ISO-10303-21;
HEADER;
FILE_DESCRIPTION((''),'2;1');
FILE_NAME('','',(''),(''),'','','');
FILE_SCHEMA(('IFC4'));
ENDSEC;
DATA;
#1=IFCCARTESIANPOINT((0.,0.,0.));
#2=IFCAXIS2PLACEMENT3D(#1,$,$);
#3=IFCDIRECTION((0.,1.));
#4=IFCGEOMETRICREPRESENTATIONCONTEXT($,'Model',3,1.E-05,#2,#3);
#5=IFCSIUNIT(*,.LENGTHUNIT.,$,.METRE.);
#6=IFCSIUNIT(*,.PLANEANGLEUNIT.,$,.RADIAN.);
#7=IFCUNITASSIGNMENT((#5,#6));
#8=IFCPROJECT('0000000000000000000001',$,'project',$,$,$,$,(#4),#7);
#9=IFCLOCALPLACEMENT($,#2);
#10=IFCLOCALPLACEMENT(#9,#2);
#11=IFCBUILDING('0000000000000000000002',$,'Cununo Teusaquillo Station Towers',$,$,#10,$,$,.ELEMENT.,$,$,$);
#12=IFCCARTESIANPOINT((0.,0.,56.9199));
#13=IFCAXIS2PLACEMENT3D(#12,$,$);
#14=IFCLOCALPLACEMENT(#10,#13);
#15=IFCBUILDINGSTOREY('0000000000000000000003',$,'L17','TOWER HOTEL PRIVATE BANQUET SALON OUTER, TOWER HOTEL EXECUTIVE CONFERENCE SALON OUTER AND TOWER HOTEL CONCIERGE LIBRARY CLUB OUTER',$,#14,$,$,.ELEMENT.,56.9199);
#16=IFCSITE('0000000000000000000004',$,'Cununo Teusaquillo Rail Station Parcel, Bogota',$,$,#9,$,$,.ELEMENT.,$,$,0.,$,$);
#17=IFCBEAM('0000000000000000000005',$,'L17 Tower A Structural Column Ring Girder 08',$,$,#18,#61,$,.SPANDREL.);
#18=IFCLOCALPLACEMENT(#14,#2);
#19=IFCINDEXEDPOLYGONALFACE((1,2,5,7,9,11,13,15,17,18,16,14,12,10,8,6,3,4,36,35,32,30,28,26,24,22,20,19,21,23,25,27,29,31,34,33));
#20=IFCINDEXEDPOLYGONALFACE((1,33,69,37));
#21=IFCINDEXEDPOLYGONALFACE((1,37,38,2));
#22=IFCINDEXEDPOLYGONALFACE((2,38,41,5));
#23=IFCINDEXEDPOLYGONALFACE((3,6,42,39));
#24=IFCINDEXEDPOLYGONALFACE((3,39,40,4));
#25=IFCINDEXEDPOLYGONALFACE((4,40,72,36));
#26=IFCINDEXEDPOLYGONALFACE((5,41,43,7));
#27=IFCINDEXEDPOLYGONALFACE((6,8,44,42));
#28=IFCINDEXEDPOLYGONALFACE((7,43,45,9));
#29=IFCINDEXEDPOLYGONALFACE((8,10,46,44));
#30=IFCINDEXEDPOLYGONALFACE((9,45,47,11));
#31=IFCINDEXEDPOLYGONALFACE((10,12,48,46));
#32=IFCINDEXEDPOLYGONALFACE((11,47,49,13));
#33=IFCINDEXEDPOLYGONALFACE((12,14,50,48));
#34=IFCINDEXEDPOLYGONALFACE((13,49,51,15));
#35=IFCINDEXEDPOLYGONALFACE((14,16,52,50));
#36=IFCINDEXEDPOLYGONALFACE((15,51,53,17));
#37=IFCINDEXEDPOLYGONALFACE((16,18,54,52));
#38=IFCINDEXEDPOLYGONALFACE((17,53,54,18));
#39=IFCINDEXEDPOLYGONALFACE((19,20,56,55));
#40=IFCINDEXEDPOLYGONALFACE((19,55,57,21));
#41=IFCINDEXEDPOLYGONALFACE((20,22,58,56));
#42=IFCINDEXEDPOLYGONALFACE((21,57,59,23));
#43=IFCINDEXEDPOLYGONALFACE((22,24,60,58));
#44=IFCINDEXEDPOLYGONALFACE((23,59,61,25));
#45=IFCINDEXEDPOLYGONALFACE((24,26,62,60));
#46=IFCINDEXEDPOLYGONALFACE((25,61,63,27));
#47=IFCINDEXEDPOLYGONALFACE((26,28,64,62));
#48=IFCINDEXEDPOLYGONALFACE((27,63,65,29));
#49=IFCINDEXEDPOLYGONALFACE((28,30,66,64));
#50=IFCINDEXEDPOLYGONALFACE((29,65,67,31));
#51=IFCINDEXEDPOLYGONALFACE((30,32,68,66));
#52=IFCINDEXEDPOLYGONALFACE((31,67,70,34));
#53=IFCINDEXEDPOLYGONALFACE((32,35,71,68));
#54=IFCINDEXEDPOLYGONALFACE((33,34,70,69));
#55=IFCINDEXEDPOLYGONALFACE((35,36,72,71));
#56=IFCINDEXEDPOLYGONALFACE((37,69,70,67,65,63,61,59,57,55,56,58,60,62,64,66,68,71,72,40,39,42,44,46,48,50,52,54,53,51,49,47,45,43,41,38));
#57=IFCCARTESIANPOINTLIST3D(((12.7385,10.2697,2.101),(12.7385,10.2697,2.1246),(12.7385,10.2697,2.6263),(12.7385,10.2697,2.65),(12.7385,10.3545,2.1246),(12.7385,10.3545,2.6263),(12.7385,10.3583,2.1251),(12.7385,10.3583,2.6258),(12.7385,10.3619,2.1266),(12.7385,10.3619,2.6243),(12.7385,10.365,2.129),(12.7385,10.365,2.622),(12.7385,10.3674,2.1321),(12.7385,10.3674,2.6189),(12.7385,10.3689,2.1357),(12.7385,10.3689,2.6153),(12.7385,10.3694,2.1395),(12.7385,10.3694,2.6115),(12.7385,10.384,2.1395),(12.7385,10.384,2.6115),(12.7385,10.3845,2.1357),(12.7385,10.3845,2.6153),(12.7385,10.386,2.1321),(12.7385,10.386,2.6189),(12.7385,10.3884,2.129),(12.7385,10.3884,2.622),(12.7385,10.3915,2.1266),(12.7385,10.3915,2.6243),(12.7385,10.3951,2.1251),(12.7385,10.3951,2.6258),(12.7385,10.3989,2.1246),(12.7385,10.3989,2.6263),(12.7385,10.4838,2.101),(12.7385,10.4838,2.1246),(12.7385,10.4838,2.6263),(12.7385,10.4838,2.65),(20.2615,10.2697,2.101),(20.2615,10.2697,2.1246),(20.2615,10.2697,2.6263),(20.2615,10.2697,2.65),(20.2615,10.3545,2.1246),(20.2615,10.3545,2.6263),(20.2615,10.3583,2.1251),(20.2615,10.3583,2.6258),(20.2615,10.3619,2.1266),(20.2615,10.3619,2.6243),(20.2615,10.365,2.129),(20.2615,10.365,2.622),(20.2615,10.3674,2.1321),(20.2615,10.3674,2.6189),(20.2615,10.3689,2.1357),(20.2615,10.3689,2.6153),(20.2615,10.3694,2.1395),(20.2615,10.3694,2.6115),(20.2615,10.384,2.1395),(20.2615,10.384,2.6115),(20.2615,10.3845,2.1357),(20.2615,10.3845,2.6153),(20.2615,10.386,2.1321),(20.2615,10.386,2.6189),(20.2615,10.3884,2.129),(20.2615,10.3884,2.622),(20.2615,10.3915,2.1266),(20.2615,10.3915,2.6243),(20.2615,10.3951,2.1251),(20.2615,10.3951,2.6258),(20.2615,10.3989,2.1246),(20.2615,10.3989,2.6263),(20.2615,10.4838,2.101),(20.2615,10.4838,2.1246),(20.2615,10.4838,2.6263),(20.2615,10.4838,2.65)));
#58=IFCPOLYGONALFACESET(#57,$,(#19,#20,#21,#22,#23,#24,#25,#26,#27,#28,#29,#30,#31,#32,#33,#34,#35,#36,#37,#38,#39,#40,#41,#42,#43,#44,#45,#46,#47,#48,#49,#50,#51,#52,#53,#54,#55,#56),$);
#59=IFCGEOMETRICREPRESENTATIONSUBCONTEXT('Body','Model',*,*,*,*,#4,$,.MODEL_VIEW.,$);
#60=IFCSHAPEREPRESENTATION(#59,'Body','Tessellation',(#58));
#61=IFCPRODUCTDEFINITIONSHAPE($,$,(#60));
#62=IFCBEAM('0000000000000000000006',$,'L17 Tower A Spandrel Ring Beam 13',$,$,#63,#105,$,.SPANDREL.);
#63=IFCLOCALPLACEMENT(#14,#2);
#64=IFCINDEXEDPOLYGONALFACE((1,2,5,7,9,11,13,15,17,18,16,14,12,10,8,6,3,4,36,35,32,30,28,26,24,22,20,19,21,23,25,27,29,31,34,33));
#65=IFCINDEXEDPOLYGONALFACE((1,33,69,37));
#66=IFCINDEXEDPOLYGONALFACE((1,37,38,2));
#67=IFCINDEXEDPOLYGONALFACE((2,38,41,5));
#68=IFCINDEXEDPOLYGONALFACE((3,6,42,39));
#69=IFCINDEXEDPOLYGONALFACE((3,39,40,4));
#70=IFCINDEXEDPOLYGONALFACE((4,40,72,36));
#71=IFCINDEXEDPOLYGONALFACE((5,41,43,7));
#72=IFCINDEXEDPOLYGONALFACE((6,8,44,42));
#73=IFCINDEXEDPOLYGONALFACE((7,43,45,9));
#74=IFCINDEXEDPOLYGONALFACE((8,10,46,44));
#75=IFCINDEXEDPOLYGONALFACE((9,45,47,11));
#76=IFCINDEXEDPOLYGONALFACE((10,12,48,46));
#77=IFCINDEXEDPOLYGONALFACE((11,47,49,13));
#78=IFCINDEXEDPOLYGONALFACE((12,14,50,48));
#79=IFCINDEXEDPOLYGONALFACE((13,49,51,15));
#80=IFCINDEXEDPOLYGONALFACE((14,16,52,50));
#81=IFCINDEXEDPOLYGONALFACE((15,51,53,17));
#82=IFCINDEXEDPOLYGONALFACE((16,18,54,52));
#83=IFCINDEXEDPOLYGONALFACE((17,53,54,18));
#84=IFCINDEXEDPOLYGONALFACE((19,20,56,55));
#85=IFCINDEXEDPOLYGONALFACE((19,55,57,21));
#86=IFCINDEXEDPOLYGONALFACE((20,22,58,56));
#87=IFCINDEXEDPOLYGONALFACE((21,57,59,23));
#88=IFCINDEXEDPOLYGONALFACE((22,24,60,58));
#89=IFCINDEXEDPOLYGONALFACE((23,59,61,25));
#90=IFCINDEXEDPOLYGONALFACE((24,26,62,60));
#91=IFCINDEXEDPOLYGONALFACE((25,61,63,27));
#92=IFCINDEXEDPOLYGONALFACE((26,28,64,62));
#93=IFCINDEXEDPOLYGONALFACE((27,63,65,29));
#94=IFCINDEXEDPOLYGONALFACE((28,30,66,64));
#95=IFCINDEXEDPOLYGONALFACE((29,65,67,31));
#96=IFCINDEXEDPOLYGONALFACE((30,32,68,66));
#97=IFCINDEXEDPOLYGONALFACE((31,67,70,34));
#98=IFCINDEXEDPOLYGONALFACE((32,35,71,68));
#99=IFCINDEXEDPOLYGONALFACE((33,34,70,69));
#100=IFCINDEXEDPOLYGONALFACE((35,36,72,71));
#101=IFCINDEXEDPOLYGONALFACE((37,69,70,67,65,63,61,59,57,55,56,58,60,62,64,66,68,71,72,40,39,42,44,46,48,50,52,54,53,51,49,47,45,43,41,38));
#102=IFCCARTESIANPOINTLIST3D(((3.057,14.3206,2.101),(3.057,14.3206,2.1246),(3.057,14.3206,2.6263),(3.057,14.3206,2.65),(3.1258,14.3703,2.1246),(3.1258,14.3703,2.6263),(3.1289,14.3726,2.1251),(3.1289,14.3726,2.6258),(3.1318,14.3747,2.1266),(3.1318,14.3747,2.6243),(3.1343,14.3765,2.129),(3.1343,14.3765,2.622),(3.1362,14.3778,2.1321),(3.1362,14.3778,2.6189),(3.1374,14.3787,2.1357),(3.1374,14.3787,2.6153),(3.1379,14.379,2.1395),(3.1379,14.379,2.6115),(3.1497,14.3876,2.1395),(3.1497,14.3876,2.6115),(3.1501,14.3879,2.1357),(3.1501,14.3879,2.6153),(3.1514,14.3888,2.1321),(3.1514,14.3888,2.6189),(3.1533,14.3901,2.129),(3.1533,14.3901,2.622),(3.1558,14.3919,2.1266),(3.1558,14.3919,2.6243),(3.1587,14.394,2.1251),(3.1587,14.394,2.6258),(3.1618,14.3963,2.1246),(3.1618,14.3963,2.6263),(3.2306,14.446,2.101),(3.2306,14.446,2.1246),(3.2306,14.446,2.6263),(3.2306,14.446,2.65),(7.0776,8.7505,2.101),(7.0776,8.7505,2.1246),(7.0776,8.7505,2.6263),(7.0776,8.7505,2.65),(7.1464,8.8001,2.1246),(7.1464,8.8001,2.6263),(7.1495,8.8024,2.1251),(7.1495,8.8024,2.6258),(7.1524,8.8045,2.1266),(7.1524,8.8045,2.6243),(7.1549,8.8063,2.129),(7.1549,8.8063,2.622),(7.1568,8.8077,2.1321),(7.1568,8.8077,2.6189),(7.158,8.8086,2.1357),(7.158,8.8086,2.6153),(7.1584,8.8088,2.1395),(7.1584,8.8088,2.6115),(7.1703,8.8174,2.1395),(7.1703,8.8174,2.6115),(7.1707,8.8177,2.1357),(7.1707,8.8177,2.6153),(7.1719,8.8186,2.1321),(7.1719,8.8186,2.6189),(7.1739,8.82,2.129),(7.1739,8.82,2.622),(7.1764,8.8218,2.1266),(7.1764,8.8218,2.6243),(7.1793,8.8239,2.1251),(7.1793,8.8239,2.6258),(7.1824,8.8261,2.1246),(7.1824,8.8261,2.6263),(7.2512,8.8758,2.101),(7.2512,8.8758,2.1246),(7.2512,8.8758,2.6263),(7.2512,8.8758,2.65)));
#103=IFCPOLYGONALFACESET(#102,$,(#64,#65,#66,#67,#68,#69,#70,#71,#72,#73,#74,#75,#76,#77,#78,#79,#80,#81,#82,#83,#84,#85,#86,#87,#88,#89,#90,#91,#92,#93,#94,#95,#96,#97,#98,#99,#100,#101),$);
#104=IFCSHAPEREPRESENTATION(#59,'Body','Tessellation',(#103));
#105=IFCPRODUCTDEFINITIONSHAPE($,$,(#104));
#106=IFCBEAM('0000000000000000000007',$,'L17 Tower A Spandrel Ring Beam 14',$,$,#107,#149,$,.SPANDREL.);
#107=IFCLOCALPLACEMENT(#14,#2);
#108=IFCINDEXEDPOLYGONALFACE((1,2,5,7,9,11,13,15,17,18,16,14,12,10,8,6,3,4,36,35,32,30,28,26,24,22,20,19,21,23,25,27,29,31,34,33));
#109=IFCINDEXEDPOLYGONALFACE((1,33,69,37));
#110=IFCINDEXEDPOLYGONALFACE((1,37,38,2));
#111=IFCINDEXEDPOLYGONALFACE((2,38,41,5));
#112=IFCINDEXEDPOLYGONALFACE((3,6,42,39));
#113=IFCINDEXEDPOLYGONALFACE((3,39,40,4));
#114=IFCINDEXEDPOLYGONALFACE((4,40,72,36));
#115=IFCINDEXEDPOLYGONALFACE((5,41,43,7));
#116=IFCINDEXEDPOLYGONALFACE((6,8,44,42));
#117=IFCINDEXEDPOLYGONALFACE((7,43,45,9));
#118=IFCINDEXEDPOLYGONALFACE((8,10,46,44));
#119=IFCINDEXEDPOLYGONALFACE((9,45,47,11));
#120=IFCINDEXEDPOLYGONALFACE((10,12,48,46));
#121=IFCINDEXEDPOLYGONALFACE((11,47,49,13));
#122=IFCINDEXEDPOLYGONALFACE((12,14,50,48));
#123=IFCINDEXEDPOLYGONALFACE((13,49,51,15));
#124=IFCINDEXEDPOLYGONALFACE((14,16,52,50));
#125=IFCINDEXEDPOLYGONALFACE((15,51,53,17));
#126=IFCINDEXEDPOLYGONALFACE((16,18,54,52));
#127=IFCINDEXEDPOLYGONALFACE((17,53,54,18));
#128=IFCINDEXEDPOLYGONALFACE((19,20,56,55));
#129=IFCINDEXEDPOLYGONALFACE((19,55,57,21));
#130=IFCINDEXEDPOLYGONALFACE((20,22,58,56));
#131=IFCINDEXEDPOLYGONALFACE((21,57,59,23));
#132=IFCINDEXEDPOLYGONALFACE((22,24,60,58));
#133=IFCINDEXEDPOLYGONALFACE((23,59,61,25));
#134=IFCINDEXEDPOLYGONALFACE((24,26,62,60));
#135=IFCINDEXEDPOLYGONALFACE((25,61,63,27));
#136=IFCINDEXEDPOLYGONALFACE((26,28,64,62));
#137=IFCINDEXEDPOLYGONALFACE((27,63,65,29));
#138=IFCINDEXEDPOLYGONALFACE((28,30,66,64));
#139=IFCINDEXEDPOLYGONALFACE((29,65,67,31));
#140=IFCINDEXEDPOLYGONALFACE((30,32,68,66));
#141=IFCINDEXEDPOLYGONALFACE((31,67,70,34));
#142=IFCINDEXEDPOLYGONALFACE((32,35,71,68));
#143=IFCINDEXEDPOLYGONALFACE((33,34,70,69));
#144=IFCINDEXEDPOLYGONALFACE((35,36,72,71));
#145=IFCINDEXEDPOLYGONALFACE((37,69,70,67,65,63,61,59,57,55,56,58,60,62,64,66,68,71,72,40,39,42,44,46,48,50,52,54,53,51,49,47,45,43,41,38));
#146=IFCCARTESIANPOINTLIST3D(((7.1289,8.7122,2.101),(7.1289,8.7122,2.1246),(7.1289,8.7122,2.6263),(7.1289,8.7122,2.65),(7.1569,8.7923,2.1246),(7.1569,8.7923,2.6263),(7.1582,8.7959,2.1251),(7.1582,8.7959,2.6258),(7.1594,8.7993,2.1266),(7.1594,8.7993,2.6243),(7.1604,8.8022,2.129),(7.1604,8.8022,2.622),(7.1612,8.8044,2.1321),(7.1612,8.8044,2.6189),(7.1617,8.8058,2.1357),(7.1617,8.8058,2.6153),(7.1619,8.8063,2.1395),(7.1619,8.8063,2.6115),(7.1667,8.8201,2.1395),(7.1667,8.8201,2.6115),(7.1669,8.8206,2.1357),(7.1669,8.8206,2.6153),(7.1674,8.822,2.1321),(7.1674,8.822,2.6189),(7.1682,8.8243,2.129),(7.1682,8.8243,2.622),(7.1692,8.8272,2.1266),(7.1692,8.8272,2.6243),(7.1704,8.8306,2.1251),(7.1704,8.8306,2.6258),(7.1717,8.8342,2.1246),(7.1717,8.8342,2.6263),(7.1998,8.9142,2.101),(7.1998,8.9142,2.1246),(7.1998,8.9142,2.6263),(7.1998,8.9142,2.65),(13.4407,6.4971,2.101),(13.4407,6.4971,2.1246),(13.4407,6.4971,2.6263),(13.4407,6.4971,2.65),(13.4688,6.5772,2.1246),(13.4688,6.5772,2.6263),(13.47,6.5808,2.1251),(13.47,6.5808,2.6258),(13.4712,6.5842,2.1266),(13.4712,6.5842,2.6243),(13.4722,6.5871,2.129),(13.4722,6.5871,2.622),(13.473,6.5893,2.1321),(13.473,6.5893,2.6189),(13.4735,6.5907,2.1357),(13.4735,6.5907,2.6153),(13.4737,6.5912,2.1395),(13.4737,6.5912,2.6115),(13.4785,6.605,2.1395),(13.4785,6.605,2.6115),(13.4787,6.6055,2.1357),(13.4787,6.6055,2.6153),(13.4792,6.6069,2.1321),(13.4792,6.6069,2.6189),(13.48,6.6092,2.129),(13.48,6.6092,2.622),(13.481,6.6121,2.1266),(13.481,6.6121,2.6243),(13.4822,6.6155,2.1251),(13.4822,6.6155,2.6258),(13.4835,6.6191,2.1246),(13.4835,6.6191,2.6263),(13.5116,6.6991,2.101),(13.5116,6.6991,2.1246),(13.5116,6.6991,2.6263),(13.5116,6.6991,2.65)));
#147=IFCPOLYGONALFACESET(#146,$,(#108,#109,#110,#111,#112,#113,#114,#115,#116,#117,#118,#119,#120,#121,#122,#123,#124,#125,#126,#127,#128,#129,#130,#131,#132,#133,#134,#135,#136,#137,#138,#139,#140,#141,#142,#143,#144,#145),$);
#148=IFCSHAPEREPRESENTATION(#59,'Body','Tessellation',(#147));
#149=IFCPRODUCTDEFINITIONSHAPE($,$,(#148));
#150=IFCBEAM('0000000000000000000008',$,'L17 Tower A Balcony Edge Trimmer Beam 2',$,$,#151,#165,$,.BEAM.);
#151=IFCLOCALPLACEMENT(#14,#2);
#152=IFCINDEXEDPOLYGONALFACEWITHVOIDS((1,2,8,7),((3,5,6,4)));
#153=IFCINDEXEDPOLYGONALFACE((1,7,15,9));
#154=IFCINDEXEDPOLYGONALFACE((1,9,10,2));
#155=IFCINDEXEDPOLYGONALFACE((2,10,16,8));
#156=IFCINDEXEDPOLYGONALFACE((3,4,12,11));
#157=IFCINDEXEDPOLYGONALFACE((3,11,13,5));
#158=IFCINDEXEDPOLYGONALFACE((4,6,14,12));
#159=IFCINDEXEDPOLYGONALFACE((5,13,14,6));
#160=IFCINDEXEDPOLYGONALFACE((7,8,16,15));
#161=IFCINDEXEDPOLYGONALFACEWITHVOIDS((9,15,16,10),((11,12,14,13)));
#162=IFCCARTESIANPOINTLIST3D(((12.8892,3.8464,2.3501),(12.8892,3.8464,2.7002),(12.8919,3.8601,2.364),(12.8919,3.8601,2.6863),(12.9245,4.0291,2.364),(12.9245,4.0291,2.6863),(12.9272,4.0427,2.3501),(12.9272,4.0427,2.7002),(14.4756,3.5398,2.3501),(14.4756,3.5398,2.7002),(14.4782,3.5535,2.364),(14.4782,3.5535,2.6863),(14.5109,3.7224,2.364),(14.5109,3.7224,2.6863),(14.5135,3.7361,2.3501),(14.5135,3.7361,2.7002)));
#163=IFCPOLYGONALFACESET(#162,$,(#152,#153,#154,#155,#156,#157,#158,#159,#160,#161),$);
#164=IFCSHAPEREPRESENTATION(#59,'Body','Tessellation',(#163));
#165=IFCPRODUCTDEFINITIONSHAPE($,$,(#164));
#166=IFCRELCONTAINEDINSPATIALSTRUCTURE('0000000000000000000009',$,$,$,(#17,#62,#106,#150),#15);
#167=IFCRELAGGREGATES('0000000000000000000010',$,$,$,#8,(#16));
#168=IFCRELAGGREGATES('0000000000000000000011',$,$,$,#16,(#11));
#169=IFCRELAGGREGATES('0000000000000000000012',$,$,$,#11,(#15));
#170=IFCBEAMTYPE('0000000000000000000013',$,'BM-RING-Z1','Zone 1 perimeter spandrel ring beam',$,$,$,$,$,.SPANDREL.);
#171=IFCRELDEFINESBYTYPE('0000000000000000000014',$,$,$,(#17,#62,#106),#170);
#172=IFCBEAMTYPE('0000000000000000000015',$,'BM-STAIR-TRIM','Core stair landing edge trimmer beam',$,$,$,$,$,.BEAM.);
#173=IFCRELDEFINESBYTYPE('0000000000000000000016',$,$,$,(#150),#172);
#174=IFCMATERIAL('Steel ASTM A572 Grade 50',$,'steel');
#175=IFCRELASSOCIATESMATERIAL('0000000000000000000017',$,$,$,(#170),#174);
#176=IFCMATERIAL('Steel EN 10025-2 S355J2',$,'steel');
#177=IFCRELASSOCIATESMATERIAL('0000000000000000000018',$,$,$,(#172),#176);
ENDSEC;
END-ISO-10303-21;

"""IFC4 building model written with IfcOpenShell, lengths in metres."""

from ifc_helpers import new_model, si_unit, direction, frame, origin, origin_2d, place, context, subcontext, project, spatial, hollow_rectangle, i_section, extrude, material, material_profile, profile_set, type_object, element, save


model = new_model("IFC4")

# Units and contexts
model_context = context("Model", 3, precision=1e-05, world=origin(), true_north=direction((0.0, 1.0)))
body_context = subcontext(model_context, "Body", "Model", "MODEL_VIEW")
ifc_project = project(units=[si_unit("LENGTHUNIT", "METRE"), si_unit("PLANEANGLEUNIT", "RADIAN")], contexts=[model_context])

# Site, building, storey
site_placement = place(None, origin())
site = spatial("IfcSite", under=ifc_project, at=site_placement, Name="Cununo Teusaquillo Rail Station Parcel, Bogota", CompositionType="ELEMENT", RefElevation=0.0)
building_placement = place(site_placement, origin())
building = spatial("IfcBuilding", under=site, at=building_placement, Name="Cununo Teusaquillo Station Towers", CompositionType="ELEMENT")
storey_placement = place(building_placement, frame((0.0, 0.0, 56.9199)))
storey = spatial("IfcBuildingStorey", under=building, at=storey_placement, Name="L17", Description="TOWER HOTEL PRIVATE BANQUET SALON OUTER, TOWER HOTEL EXECUTIVE CONFERENCE SALON OUTER AND TOWER HOTEL CONCIERGE LIBRARY CLUB OUTER", CompositionType="ELEMENT", Elevation=56.9199)

# Beams
ifc_material_1 = material(Name="Steel ASTM A572 Grade 50", Category="steel")
ifc_material_profile_1 = material_profile(ifc_material_1, i_section(OverallWidth=0.2141, OverallDepth=0.5491, WebThickness=0.0146, FlangeThickness=0.0237, FilletRadius=0.0149, at=origin_2d()), Name="W21X93")
ifc_profile_set_1 = profile_set([ifc_material_profile_1], Name="Steel ASTM A572 Grade 50")
beam_type_1 = type_object("IfcBeamType", Name="BM-RING-Z1", Description="Zone 1 perimeter spandrel ring beam", PredefinedType="SPANDREL", material=ifc_profile_set_1)
beam_1_placement = place(storey_placement, frame((12.7385, 10.3767, 2.3755), z_axis=(1.0, 0.0, 0.0), x_axis=(0.0, 1.0, 0.0)))
element("IfcBeam", 1, at=beam_1_placement, inside=storey, type_object=beam_type_1, Name="L17 Tower A Structural Column Ring Girder 08", PredefinedType="SPANDREL", context=body_context, shape_type="SweptSolid", body=[
    extrude(i_section(OverallWidth=0.2141, OverallDepth=0.5491, WebThickness=0.0146, FlangeThickness=0.0237, FilletRadius=0.0149, at=origin_2d()), origin(), (0.0, 0.0, 1.0), 7.5229),
])
beam_2_placement = place(storey_placement, frame((3.1438, 14.3833, 2.3755), z_axis=(0.585269, -0.810839, 0.0), x_axis=(0.810839, 0.585269, 0.0)))
element("IfcBeam", 2, at=beam_2_placement, inside=storey, type_object=beam_type_1, Name="L17 Tower A Spandrel Ring Beam 13", PredefinedType="SPANDREL", context=body_context, shape_type="SweptSolid", body=[
    extrude(i_section(OverallWidth=0.2141, OverallDepth=0.5491, WebThickness=0.0146, FlangeThickness=0.0237, FilletRadius=0.0149, at=origin_2d()), origin(), (0.0, 0.0, 1.0), 6.8696),
])
beam_3_placement = place(storey_placement, frame((7.1643, 8.8132, 2.3755), z_axis=(0.94358, -0.331145, 0.0), x_axis=(0.331145, 0.94358, 0.0)))
element("IfcBeam", 3, at=beam_3_placement, inside=storey, type_object=beam_type_1, Name="L17 Tower A Spandrel Ring Beam 14", PredefinedType="SPANDREL", context=body_context, shape_type="SweptSolid", body=[
    extrude(i_section(OverallWidth=0.2141, OverallDepth=0.5491, WebThickness=0.0146, FlangeThickness=0.0237, FilletRadius=0.0149, at=origin_2d()), origin(), (0.0, 0.0, 1.0), 6.6892),
])
ifc_material_2 = material(Name="Steel EN 10025-2 S355J2", Category="steel")
ifc_material_profile_2 = material_profile(ifc_material_2, hollow_rectangle(XDim=0.2, YDim=0.3501, WallThickness=0.0139, at=origin_2d()), Name="RHS 350x200x14")
ifc_profile_set_2 = profile_set([ifc_material_profile_2], Name="Steel EN 10025-2 S355J2")
beam_type_2 = type_object("IfcBeamType", Name="BM-STAIR-TRIM", Description="Core stair landing edge trimmer beam", PredefinedType="BEAM", material=ifc_profile_set_2)
beam_4_placement = place(storey_placement, frame((12.9082, 3.9446, 2.5251), z_axis=(0.981827, -0.189778, 0.0), x_axis=(0.189778, 0.981827, 0.0)))
element("IfcBeam", 4, at=beam_4_placement, inside=storey, type_object=beam_type_2, Name="L17 Tower A Balcony Edge Trimmer Beam 2", PredefinedType="BEAM", context=body_context, shape_type="SweptSolid", body=[
    extrude(hollow_rectangle(XDim=0.2, YDim=0.3501, WallThickness=0.0139, at=origin_2d()), origin(), (0.0, 0.0, 1.0), 1.6157),
])

save(model, "model.ifc")
